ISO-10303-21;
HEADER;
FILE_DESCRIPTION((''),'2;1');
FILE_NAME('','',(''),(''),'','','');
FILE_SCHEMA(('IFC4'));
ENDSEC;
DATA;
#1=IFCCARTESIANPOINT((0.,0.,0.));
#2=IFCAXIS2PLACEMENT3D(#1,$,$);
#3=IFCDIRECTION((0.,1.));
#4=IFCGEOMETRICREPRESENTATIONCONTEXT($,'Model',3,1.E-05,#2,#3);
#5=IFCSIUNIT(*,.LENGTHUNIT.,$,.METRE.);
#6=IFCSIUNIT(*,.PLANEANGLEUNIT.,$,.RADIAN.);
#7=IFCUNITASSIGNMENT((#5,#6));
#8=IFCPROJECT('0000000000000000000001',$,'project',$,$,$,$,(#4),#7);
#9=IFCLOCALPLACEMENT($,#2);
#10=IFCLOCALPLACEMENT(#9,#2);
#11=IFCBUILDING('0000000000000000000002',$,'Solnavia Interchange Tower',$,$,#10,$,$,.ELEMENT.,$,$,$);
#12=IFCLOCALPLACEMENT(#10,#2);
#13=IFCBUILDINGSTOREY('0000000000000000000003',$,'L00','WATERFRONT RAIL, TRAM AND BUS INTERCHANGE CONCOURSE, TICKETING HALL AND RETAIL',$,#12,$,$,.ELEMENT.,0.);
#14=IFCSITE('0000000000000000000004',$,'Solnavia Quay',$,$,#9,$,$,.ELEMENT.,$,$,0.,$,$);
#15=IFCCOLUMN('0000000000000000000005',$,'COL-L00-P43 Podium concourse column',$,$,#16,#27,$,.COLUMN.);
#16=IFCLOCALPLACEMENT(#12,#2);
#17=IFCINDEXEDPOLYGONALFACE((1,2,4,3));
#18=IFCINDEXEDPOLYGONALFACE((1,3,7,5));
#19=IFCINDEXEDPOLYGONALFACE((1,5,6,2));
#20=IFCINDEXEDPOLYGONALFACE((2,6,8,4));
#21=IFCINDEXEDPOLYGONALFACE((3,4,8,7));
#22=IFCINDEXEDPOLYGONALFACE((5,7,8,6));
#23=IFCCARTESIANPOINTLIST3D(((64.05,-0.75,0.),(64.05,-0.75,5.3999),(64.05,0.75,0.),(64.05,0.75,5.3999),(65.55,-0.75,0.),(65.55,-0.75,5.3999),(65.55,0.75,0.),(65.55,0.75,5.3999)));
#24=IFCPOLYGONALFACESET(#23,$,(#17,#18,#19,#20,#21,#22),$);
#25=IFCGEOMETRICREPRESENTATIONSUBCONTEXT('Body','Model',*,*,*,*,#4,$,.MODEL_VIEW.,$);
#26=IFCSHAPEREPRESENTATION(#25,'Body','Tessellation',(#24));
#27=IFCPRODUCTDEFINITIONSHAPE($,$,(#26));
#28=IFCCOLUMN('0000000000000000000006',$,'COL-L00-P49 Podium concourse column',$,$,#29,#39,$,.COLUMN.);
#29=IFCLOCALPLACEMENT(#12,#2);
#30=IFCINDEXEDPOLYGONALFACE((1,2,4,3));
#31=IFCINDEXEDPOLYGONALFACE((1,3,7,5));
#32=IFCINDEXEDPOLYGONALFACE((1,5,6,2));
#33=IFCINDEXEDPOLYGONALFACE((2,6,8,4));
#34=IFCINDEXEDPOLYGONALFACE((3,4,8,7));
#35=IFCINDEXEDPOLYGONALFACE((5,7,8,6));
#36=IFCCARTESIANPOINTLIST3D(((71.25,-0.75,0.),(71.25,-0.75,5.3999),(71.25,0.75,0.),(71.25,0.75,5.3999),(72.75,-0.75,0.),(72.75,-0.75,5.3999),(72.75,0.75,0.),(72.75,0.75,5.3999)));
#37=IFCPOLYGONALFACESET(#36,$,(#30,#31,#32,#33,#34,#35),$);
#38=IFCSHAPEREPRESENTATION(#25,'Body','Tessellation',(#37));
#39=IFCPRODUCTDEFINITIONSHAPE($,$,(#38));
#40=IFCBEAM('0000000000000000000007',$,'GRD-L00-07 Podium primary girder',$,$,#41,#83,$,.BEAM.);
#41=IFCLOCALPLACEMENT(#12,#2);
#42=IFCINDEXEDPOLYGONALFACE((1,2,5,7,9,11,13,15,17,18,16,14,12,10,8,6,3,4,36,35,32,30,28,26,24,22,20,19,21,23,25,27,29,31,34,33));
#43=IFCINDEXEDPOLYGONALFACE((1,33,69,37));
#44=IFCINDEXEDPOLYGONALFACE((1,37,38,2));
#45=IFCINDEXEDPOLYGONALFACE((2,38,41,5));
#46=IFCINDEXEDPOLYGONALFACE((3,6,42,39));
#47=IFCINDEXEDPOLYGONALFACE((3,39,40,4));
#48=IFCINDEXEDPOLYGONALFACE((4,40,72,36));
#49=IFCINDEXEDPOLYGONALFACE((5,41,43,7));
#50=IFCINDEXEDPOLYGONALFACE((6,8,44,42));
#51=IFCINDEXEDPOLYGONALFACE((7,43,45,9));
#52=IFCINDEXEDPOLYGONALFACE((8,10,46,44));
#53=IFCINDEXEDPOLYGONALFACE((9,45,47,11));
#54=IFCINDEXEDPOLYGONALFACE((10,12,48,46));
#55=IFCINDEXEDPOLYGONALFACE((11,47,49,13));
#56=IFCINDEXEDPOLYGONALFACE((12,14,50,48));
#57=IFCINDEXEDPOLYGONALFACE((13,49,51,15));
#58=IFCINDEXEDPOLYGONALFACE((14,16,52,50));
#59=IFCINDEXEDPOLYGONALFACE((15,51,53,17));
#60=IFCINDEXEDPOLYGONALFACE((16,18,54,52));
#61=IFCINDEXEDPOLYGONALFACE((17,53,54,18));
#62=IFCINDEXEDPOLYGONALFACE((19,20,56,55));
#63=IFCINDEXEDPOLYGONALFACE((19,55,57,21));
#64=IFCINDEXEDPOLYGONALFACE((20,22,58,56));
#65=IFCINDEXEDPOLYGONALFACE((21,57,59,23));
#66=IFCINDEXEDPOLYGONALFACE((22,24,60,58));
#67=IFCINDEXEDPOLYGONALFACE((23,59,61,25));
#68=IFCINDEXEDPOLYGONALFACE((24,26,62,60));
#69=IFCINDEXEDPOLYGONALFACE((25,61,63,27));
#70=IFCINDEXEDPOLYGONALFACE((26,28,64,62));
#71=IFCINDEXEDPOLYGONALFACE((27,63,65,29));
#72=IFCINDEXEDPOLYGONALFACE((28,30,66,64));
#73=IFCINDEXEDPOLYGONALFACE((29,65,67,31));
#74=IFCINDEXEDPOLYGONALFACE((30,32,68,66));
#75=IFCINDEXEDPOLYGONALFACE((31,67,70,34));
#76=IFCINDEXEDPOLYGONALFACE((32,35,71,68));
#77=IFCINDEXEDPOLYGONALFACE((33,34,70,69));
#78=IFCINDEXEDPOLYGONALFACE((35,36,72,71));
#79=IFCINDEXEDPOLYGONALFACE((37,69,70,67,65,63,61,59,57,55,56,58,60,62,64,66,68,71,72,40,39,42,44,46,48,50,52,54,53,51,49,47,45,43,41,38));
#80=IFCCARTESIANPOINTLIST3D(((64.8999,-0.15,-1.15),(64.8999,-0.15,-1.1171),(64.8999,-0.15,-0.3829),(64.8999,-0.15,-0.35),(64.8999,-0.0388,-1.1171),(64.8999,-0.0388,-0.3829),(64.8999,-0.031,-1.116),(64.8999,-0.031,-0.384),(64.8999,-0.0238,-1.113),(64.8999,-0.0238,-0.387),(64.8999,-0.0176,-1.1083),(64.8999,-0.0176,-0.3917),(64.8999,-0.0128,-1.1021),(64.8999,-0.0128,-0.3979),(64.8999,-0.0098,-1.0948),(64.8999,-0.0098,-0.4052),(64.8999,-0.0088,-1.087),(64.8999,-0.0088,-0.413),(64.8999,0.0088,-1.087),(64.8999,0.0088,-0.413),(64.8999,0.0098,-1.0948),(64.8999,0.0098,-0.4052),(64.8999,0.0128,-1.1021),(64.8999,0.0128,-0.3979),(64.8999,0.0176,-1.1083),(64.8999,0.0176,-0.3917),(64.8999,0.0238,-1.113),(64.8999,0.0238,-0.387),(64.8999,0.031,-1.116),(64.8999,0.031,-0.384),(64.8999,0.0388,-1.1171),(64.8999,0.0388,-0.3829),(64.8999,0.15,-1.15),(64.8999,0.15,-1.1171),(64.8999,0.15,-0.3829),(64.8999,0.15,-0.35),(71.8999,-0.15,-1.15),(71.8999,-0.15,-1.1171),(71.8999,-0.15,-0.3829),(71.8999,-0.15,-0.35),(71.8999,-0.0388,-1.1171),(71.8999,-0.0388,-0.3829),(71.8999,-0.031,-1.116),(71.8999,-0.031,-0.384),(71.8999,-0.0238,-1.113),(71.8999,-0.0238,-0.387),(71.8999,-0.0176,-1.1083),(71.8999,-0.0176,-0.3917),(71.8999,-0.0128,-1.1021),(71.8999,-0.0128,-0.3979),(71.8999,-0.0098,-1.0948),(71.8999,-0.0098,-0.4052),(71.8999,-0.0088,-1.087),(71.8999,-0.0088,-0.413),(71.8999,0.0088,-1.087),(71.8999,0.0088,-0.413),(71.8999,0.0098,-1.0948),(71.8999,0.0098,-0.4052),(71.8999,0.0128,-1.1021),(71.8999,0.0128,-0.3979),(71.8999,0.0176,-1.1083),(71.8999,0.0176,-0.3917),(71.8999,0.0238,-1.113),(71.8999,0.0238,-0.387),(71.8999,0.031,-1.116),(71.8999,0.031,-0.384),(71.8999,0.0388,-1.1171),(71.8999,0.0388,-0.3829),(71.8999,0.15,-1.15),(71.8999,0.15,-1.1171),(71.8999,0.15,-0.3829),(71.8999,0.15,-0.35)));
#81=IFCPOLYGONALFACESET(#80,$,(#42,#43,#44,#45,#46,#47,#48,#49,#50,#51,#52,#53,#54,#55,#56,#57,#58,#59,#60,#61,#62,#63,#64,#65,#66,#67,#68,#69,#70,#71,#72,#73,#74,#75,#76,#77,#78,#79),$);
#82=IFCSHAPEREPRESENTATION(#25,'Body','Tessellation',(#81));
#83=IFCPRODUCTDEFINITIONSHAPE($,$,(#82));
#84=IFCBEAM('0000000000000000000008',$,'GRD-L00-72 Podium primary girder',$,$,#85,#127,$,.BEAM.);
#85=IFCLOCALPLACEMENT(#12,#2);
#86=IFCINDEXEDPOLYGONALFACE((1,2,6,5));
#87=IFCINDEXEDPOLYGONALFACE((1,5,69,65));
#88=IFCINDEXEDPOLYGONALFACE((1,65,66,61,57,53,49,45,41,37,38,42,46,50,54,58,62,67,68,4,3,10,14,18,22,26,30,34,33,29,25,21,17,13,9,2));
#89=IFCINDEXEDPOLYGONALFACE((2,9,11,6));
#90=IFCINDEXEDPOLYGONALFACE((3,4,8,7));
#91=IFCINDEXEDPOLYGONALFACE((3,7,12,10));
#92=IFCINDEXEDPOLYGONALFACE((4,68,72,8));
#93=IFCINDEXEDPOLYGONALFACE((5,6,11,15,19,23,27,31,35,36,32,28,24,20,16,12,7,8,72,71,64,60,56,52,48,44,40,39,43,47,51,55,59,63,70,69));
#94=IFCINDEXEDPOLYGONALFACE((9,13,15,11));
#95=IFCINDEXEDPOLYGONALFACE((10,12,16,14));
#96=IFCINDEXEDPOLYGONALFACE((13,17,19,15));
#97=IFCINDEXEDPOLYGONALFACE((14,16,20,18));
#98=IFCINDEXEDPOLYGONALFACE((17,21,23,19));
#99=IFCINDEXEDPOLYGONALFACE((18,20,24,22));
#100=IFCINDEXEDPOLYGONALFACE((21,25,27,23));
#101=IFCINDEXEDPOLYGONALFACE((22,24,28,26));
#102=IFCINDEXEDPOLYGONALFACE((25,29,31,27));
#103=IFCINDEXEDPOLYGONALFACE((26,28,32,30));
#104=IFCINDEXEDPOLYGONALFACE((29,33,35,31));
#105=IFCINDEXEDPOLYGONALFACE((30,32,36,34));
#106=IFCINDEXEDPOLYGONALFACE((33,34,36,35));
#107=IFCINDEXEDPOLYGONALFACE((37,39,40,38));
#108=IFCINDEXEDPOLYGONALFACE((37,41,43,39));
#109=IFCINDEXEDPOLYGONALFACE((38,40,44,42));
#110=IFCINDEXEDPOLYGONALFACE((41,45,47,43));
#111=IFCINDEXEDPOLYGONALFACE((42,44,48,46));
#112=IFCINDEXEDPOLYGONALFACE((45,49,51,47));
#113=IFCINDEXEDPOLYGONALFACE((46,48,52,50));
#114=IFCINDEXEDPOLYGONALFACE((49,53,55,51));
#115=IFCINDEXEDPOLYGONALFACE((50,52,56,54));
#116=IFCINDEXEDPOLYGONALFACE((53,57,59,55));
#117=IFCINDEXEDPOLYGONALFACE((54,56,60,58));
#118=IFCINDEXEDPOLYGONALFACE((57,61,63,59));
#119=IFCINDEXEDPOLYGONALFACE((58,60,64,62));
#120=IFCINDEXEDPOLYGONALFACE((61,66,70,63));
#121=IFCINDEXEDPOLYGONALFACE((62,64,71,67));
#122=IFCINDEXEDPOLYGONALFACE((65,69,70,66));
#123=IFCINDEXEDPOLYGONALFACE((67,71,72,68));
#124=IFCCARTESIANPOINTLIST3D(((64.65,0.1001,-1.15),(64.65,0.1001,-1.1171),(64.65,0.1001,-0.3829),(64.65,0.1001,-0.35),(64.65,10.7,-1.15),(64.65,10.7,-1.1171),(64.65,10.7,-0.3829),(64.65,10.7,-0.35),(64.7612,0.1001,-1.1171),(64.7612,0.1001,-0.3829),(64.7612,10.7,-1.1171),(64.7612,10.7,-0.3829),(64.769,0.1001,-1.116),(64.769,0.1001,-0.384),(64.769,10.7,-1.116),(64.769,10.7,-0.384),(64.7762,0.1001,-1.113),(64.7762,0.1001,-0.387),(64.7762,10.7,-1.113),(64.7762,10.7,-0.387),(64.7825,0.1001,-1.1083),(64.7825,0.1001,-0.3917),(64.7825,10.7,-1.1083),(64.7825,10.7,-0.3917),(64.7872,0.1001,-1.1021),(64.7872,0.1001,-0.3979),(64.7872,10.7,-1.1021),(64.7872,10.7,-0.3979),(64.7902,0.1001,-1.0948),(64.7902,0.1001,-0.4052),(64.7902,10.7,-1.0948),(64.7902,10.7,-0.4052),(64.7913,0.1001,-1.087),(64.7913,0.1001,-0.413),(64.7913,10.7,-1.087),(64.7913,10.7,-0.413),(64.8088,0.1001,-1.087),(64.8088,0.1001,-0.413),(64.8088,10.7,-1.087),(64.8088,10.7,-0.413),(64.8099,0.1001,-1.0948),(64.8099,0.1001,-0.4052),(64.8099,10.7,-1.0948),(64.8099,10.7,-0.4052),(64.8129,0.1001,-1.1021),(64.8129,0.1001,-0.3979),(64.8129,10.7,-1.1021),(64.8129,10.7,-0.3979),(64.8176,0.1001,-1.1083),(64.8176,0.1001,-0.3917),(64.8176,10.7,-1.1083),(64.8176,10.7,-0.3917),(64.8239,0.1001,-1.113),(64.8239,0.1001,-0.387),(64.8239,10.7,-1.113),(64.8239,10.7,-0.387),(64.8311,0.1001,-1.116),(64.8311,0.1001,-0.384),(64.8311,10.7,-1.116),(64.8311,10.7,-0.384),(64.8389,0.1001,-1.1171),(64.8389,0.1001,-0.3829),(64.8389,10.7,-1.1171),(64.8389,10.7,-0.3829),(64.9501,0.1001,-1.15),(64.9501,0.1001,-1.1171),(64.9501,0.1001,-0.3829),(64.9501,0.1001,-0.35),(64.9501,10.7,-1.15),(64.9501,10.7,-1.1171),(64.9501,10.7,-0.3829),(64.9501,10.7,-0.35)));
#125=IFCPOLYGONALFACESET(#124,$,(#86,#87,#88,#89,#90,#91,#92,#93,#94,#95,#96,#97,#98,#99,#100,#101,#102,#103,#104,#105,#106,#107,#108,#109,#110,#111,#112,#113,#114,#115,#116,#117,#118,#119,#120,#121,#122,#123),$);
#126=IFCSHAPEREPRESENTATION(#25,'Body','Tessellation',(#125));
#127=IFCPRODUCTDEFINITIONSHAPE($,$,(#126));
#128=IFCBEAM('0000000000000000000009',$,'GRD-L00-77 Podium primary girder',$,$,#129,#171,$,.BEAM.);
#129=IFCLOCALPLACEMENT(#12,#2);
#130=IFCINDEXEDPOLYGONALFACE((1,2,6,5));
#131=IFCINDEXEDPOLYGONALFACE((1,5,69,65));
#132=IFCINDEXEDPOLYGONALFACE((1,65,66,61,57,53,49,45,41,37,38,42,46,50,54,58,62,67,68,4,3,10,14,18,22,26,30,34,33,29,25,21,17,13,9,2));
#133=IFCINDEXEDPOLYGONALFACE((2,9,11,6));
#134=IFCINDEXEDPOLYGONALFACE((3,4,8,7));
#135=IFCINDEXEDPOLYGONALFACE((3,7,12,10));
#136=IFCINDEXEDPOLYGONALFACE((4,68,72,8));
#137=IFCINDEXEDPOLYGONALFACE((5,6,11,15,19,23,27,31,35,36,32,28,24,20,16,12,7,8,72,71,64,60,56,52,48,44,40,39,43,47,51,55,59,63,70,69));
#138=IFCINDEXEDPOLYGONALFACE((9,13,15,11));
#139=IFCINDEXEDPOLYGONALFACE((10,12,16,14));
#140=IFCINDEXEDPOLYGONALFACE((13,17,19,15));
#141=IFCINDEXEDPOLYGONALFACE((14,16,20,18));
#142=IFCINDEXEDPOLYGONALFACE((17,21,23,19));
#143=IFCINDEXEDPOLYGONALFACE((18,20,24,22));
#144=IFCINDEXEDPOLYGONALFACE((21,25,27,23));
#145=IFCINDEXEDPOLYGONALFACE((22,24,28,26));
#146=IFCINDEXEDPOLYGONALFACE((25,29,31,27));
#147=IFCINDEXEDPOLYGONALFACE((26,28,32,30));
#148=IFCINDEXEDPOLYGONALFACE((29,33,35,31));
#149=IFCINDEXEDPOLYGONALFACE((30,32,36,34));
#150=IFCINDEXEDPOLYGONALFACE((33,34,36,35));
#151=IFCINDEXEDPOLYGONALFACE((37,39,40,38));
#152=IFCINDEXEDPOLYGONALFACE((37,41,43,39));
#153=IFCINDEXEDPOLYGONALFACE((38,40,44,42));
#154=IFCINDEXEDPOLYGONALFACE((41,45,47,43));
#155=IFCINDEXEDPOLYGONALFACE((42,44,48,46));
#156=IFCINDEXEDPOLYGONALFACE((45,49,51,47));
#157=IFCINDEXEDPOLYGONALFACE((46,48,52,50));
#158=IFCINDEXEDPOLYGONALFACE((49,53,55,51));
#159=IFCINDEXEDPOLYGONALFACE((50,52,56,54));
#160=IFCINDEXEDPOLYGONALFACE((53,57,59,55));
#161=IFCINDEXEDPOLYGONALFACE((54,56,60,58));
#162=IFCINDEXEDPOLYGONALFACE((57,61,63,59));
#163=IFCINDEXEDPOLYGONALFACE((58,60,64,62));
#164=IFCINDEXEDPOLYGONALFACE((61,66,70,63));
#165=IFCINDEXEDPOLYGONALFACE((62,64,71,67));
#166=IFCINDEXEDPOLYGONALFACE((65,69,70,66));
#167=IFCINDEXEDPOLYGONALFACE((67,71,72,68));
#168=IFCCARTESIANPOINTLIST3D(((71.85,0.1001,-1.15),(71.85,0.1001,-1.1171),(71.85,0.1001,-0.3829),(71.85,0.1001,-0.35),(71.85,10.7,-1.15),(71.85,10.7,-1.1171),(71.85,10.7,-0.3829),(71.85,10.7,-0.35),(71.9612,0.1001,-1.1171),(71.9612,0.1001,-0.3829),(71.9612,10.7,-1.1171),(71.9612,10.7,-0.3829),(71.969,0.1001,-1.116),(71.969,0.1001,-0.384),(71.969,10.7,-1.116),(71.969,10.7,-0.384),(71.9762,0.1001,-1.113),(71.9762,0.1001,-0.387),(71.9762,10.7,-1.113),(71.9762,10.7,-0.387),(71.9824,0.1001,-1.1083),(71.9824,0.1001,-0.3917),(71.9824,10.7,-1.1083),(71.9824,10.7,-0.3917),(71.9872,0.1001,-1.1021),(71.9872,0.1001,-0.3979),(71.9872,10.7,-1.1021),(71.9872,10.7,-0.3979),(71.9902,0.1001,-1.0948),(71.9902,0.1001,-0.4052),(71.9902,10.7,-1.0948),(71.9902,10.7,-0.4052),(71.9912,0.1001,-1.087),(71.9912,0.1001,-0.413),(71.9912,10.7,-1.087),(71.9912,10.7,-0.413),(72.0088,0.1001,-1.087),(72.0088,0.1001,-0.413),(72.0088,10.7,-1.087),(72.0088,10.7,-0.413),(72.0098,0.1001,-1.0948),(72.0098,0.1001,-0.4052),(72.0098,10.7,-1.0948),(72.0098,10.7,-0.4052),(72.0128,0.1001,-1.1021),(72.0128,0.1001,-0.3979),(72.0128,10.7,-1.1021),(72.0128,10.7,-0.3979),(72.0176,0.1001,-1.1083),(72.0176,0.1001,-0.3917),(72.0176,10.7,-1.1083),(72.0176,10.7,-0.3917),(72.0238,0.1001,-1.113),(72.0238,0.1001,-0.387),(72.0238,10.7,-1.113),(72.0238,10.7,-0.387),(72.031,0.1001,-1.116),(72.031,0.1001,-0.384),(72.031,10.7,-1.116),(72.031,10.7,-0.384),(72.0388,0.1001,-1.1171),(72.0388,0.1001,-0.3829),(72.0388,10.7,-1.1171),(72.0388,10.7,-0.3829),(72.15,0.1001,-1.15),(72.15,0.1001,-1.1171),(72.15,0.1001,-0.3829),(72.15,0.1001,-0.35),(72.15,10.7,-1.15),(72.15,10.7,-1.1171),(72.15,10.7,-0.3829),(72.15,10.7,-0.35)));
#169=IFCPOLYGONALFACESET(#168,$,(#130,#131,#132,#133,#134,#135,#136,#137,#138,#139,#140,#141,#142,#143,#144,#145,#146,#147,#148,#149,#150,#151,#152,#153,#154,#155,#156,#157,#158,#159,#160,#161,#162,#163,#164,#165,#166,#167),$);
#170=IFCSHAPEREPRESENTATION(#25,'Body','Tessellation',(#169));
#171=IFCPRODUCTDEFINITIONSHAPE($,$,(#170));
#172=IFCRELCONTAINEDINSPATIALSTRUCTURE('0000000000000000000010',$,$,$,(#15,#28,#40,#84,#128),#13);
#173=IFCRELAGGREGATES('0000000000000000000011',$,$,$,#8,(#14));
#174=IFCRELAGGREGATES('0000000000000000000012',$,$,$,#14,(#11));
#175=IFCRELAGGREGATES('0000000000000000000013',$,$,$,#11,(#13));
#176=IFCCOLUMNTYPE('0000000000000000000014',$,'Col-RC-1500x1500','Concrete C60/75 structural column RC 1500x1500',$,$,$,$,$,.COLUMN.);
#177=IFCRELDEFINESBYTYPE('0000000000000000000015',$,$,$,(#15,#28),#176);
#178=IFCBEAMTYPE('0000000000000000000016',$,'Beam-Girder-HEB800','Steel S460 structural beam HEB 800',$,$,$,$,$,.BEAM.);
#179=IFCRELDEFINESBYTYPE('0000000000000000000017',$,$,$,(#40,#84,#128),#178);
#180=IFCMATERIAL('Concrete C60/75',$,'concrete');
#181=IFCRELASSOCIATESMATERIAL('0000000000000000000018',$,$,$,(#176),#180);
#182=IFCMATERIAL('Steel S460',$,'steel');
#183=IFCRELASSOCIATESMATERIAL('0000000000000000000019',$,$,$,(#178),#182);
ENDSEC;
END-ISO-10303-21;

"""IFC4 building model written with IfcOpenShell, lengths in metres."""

from ifc_helpers import new_model, si_unit, direction, frame, origin, origin_2d, place, context, subcontext, project, spatial, rectangle, i_section, extrude, material, material_profile, profile_set, type_object, element, save


model = new_model("IFC4")

# Units and contexts
model_context = context("Model", 3, precision=1e-05, world=origin(), true_north=direction((0.0, 1.0)))
body_context = subcontext(model_context, "Body", "Model", "MODEL_VIEW")
ifc_project = project(units=[si_unit("LENGTHUNIT", "METRE"), si_unit("PLANEANGLEUNIT", "RADIAN")], contexts=[model_context])

# Site, building, storey
site_placement = place(None, origin())
site = spatial("IfcSite", under=ifc_project, at=site_placement, Name="Solnavia Quay", CompositionType="ELEMENT", RefElevation=0.0)
building_placement = place(site_placement, origin())
building = spatial("IfcBuilding", under=site, at=building_placement, Name="Solnavia Interchange Tower", CompositionType="ELEMENT")
storey_placement = place(building_placement, origin())
storey = spatial("IfcBuildingStorey", under=building, at=storey_placement, Name="L00", Description="WATERFRONT RAIL, TRAM AND BUS INTERCHANGE CONCOURSE, TICKETING HALL AND RETAIL", CompositionType="ELEMENT", Elevation=0.0)

# Columns
ifc_material_1 = material(Name="Concrete C60/75", Category="concrete")
ifc_material_profile_1 = material_profile(ifc_material_1, rectangle(XDim=1.5, YDim=1.5, at=origin_2d()), Name="RC 1500x1500")
ifc_profile_set_1 = profile_set([ifc_material_profile_1], Name="Concrete C60/75")
column_type = type_object("IfcColumnType", Name="Col-RC-1500x1500", Description="Concrete C60/75 structural column RC 1500x1500", PredefinedType="COLUMN", material=ifc_profile_set_1)
for number, where, z_axis, x_axis, name in (
    (1, (64.8, 0.0, 0.0), (0.0, 0.0, 1.0), (1.0, 0.0, 0.0), "COL-L00-P43 Podium concourse column"),
    (2, (72.0, 0.0, 0.0), (0.0, 0.0, 1.0), (1.0, 0.0, 0.0), "COL-L00-P49 Podium concourse column"),
):
    element("IfcColumn", number, at=place(storey_placement, frame(where, z_axis=z_axis, x_axis=x_axis)), inside=storey, type_object=column_type, Name=name, PredefinedType="COLUMN", context=body_context, shape_type="SweptSolid", body=[
        extrude(rectangle(XDim=1.5, YDim=1.5, at=origin_2d()), origin(), (0.0, 0.0, 1.0), 5.3999),
    ])

# Beams
ifc_material_2 = material(Name="Steel S460", Category="steel")
ifc_material_profile_2 = material_profile(ifc_material_2, i_section(OverallWidth=0.3, OverallDepth=0.8, WebThickness=0.0176, FlangeThickness=0.033, FilletRadius=0.03, at=origin_2d()), Name="HEB 800")
ifc_profile_set_2 = profile_set([ifc_material_profile_2], Name="Steel S460")
beam_type_1 = type_object("IfcBeamType", Name="Beam-Girder-HEB800", Description="Steel S460 structural beam HEB 800", PredefinedType="BEAM", material=ifc_profile_set_2)
beam_1_placement = place(storey_placement, frame((64.8999, 0.0, -0.75), z_axis=(1.0, 0.0, 0.0), x_axis=(0.0, 1.0, 0.0)))
element("IfcBeam", 3, at=beam_1_placement, inside=storey, type_object=beam_type_1, Name="GRD-L00-07 Podium primary girder", PredefinedType="BEAM", context=body_context, shape_type="SweptSolid", body=[
    extrude(i_section(OverallWidth=0.3, OverallDepth=0.8, WebThickness=0.0176, FlangeThickness=0.033, FilletRadius=0.03, at=origin_2d()), origin(), (0.0, 0.0, 1.0), 7.0),
])
for number, where, z_axis, x_axis, name in (
    (4, (64.8, 0.1001, -0.75), (0.0, 1.0, 0.0), (-1.0, 0.0, 0.0), "GRD-L00-72 Podium primary girder"),
    (5, (72.0, 0.1001, -0.75), (0.0, 1.0, 0.0), (-1.0, 0.0, 0.0), "GRD-L00-77 Podium primary girder"),
):
    element("IfcBeam", number, at=place(storey_placement, frame(where, z_axis=z_axis, x_axis=x_axis)), inside=storey, type_object=beam_type_1, Name=name, PredefinedType="BEAM", context=body_context, shape_type="SweptSolid", body=[
        extrude(i_section(OverallWidth=0.3, OverallDepth=0.8, WebThickness=0.0176, FlangeThickness=0.033, FilletRadius=0.03, at=origin_2d()), origin(), (0.0, 0.0, 1.0), 10.5999),
    ])

save(model, "model.ifc")
